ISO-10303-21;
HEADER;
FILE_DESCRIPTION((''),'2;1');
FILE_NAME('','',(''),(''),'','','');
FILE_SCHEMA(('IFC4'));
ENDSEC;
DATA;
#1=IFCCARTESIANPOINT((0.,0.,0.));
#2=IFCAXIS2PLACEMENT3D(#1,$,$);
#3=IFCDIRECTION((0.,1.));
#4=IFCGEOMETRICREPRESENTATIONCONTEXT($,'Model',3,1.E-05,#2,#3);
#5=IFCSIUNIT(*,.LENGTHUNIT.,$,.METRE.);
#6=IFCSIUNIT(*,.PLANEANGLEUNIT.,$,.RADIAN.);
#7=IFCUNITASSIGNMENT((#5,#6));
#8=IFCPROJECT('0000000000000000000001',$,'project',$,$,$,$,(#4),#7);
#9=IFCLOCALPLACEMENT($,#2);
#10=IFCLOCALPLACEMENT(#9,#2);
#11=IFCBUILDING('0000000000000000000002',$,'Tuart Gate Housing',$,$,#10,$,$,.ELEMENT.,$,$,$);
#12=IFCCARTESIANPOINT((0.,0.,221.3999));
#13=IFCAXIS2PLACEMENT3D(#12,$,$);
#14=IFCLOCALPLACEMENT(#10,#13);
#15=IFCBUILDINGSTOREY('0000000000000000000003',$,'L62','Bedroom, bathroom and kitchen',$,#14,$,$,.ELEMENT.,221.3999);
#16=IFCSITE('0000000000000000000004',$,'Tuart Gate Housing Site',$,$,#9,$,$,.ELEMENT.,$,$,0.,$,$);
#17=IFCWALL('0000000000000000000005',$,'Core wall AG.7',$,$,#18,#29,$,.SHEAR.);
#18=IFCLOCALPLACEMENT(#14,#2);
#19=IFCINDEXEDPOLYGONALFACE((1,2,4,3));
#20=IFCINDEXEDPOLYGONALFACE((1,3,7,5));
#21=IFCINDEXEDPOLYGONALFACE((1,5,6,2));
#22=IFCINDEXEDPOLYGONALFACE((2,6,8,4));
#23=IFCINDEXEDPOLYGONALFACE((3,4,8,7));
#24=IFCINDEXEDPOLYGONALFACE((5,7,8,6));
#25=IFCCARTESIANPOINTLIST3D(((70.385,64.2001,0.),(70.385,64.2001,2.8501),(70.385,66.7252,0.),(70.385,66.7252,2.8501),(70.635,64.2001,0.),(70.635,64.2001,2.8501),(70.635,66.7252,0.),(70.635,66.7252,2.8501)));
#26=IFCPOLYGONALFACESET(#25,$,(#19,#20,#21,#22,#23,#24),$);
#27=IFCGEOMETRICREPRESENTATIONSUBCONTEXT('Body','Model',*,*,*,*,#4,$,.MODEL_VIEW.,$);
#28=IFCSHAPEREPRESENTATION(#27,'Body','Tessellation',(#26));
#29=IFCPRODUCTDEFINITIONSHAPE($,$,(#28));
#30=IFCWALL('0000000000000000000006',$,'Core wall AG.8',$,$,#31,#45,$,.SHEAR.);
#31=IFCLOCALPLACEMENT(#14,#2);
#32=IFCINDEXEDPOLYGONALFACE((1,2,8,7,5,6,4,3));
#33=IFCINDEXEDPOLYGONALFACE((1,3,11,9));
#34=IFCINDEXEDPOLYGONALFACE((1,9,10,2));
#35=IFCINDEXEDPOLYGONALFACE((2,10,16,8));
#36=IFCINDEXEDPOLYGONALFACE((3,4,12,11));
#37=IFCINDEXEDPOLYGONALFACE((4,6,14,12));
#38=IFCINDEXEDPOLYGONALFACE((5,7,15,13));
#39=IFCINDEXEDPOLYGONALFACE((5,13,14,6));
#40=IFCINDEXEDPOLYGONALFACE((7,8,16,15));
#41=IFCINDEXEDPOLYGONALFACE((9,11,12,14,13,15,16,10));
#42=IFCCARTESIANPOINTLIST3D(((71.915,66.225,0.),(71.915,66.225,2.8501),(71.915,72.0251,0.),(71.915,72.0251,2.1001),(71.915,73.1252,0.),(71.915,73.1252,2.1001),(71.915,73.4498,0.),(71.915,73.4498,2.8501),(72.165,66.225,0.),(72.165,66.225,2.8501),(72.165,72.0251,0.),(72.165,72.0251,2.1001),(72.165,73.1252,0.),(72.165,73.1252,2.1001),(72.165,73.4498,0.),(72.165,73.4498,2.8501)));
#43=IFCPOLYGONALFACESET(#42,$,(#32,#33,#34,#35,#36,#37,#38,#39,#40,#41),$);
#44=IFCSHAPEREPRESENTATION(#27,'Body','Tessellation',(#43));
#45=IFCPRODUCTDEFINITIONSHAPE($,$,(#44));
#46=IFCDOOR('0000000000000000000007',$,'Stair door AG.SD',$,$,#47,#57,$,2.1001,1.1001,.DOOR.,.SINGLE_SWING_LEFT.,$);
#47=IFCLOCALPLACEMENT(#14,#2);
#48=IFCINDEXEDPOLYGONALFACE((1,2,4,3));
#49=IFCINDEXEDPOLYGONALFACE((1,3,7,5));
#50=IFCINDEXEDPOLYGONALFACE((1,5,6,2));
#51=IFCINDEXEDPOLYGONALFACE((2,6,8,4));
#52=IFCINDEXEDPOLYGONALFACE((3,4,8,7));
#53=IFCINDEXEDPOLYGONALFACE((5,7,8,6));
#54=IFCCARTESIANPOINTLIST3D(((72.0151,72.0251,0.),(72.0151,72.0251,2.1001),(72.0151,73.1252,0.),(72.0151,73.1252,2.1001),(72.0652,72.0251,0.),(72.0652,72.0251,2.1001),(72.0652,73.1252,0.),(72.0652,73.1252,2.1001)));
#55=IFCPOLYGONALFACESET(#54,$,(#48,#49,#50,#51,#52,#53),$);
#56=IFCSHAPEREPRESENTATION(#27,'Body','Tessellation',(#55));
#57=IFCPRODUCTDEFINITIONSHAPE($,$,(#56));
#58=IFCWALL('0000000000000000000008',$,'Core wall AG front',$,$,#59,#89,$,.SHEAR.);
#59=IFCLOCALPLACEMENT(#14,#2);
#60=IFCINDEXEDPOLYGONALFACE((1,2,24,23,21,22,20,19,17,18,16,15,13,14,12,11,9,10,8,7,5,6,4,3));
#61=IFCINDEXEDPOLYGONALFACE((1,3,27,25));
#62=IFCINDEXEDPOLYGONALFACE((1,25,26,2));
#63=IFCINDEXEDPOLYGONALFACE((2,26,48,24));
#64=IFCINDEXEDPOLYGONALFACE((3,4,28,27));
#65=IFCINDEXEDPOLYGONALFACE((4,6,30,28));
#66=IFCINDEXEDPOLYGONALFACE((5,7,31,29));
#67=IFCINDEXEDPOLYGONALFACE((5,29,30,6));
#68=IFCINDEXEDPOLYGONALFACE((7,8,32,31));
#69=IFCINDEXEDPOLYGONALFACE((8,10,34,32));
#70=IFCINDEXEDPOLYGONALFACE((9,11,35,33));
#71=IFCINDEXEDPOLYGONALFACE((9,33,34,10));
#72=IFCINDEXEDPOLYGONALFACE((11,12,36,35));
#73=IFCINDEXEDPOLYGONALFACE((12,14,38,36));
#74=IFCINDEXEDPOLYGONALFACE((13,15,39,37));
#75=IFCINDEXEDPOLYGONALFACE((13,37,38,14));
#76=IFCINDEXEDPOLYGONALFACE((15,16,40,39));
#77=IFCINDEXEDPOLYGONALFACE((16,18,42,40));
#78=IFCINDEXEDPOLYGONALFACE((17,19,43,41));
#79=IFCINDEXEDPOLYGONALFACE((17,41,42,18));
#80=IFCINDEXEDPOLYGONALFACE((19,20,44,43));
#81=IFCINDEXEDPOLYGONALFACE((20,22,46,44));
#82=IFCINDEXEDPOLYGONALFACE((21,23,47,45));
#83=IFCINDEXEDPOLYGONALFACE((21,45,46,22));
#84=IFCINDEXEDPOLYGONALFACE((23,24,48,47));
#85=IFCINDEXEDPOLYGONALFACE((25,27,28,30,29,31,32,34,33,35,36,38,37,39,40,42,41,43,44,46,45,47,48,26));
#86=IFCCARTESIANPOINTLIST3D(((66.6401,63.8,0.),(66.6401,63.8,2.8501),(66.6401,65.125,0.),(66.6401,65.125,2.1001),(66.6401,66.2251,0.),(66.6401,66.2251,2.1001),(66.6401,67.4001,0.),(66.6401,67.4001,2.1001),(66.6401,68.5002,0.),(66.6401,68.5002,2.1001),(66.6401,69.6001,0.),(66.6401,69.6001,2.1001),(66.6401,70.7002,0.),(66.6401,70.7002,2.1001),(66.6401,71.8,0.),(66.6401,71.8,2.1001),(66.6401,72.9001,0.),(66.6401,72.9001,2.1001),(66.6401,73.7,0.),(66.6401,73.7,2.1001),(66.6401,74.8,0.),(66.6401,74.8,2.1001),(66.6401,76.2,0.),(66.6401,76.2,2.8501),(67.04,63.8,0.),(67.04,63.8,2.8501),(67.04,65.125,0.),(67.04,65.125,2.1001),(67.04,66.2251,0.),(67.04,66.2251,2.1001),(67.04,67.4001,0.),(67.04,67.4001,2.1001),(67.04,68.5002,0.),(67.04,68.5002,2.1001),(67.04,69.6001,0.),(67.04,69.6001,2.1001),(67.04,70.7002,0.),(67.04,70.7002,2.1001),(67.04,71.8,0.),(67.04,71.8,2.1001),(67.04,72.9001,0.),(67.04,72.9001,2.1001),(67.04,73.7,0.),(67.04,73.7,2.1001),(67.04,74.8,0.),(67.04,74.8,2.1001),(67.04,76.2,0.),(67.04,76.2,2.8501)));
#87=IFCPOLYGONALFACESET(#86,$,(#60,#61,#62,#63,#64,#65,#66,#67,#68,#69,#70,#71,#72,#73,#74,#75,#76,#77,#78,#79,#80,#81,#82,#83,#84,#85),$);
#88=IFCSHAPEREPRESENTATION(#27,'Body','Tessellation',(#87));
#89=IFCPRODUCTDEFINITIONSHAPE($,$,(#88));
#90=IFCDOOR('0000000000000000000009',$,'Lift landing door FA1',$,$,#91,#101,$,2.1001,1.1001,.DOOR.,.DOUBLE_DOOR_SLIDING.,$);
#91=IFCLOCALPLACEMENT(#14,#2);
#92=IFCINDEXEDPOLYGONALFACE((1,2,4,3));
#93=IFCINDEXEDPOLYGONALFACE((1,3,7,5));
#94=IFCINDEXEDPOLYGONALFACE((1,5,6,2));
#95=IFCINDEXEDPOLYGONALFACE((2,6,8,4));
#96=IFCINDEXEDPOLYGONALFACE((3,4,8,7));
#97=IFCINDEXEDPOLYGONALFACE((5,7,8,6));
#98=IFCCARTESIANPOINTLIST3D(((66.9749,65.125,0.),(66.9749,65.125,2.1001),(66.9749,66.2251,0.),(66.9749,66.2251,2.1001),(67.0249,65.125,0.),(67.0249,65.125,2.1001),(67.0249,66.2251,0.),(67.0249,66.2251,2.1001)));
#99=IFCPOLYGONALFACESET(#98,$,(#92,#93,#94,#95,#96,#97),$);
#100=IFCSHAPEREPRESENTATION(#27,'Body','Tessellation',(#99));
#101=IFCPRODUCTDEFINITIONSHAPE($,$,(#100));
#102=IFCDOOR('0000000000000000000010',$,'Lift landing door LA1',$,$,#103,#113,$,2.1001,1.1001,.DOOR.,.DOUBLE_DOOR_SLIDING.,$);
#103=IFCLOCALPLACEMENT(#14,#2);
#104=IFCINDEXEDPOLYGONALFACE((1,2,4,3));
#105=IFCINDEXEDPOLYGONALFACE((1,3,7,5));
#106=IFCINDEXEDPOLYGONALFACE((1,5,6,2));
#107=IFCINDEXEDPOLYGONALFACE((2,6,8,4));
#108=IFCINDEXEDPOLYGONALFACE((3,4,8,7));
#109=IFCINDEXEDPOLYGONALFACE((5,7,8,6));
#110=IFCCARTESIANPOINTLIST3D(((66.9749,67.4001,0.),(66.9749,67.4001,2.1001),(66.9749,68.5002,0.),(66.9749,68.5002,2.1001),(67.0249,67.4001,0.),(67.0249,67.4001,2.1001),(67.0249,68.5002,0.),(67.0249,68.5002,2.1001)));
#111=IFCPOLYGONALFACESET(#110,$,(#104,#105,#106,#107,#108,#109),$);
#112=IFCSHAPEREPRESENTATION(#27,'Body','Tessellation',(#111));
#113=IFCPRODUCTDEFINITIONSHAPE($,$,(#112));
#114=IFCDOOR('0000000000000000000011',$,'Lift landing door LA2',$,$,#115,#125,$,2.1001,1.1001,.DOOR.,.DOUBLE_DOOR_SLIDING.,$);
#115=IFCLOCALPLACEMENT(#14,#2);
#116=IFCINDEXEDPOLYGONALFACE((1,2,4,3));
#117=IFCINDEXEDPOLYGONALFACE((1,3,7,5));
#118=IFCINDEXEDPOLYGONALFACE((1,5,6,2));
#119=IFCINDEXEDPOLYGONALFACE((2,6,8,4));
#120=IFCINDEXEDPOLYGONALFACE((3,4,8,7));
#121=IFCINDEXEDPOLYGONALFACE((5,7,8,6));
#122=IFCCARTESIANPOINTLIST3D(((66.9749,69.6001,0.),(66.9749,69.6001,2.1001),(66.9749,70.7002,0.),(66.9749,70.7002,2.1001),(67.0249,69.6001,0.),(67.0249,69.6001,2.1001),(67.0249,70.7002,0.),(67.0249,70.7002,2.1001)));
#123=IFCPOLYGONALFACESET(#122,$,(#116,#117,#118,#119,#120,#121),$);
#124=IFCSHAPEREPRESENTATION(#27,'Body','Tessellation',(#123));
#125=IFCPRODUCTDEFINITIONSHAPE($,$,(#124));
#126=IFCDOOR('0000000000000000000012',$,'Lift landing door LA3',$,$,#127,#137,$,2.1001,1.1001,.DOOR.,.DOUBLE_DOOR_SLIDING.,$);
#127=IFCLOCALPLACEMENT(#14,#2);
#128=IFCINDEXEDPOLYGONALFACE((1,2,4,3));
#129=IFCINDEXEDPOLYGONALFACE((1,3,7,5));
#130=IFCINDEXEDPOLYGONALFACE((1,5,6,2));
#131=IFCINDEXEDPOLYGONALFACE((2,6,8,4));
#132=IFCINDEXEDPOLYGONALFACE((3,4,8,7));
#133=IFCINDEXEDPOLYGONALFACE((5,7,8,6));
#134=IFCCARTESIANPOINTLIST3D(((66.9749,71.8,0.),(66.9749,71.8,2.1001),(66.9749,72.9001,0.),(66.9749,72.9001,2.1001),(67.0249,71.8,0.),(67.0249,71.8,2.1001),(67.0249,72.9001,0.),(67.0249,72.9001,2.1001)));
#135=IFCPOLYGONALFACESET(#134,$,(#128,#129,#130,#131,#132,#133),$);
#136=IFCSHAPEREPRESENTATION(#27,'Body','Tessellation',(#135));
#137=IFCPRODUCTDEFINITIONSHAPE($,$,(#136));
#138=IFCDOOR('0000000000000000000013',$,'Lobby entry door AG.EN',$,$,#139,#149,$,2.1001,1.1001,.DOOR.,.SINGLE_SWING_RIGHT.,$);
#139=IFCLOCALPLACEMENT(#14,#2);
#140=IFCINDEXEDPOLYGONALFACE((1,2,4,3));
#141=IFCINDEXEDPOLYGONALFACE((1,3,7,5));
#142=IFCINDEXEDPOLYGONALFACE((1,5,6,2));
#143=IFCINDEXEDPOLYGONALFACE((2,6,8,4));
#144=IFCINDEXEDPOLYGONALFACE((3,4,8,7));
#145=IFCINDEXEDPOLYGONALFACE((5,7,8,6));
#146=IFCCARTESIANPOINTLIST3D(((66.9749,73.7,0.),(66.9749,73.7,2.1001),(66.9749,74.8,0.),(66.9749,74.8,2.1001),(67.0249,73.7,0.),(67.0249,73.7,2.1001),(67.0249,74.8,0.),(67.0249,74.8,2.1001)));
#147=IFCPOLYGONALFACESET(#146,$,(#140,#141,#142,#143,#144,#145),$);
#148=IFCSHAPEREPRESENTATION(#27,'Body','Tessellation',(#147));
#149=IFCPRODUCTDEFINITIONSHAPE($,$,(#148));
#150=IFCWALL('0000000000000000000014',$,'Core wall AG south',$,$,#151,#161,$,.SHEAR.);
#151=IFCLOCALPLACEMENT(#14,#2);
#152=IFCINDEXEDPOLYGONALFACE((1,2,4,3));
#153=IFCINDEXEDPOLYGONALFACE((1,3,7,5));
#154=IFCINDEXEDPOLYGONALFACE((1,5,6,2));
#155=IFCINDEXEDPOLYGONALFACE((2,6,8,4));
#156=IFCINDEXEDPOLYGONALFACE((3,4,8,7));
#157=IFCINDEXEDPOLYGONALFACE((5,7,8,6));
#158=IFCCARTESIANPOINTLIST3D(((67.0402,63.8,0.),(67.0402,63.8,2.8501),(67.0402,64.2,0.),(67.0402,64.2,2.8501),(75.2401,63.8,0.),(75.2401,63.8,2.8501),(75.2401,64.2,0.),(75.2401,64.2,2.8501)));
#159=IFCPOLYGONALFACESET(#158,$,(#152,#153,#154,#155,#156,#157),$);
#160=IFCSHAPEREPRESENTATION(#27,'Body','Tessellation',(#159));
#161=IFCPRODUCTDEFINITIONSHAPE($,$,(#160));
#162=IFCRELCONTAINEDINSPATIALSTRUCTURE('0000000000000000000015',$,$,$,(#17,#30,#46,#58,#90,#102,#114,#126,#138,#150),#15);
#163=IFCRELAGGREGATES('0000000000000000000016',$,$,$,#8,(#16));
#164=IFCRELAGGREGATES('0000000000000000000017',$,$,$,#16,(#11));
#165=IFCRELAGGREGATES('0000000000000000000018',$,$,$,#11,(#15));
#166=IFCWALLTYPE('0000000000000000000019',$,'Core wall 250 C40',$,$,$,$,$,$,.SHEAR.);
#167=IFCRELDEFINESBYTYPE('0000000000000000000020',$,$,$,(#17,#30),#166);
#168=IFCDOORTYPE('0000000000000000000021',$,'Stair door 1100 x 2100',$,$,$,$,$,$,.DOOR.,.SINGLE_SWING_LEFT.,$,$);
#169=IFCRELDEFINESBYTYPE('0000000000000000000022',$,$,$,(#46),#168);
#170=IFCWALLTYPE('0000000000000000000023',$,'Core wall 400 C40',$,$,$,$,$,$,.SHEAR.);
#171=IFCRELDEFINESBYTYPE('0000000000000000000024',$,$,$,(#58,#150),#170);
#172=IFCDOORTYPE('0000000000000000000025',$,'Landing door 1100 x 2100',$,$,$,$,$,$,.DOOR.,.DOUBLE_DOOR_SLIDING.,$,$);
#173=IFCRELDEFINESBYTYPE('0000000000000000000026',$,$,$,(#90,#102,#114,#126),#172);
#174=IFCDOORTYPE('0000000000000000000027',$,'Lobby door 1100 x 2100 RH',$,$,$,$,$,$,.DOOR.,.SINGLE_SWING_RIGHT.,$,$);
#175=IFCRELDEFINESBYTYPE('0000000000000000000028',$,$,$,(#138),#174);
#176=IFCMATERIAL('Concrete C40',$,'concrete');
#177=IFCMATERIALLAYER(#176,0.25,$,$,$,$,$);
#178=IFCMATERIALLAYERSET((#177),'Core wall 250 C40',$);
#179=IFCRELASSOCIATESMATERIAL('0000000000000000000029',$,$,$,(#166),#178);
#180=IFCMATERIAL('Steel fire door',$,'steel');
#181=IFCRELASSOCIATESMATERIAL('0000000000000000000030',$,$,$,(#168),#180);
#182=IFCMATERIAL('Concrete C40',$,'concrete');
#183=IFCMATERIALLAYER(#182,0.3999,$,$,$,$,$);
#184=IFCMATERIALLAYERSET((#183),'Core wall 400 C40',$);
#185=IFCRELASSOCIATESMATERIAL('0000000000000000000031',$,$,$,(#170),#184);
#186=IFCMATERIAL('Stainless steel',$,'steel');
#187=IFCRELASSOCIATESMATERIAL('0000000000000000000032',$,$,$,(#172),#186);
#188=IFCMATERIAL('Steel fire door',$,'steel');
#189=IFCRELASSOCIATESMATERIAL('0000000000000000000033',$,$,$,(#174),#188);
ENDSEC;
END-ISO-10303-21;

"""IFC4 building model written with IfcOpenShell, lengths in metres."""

from ifc_helpers import new_model, si_unit, direction, frame, frame_2d, origin, place, context, subcontext, project, spatial, rectangle, extrude, material, layer, layer_set, type_object, element, fill, save


model = new_model("IFC4")

# Units and contexts
model_context = context("Model", 3, precision=1e-05, world=origin(), true_north=direction((0.0, 1.0)))
body_context = subcontext(model_context, "Body", "Model", "MODEL_VIEW")
ifc_project = project(units=[si_unit("LENGTHUNIT", "METRE"), si_unit("PLANEANGLEUNIT", "RADIAN")], contexts=[model_context])

# Site, building, storey
site_placement = place(None, origin())
site = spatial("IfcSite", under=ifc_project, at=site_placement, Name="Tuart Gate Housing Site", CompositionType="ELEMENT", RefElevation=0.0)
building_placement = place(site_placement, origin())
building = spatial("IfcBuilding", under=site, at=building_placement, Name="Tuart Gate Housing", CompositionType="ELEMENT")
storey_placement = place(building_placement, frame((0.0, 0.0, 221.3999)))
storey = spatial("IfcBuildingStorey", under=building, at=storey_placement, Name="L62", Description="Bedroom, bathroom and kitchen", CompositionType="ELEMENT", Elevation=221.3999)

# Wall
ifc_material_1 = material(Name="Concrete C40", Category="concrete")
ifc_layer_1 = layer(ifc_material_1, 0.25)
ifc_layer_set_1 = layer_set([ifc_layer_1], Name="Core wall 250 C40")
wall_type_1 = type_object("IfcWallType", Name="Core wall 250 C40", PredefinedType="SHEAR", material=ifc_layer_set_1)
wall_1_placement = place(storey_placement, frame((70.51, 64.2, 0.0), z_axis=(0.0, 0.0, 1.0), x_axis=(0.0, 1.0, 0.0)))
element("IfcWall", 1, at=wall_1_placement, inside=storey, type_object=wall_type_1, Name="Core wall AG.7", PredefinedType="SHEAR", context=body_context, shape_type="SweptSolid", body=[
    extrude(rectangle(XDim=2.5251, YDim=0.25, at=frame_2d((1.2627, 0.0))), origin(), (0.0, 0.0, 1.0), 2.8501),
])

# Wall, opening, door
wall_2_placement = place(storey_placement, frame((72.04, 66.2251, 0.0), z_axis=(0.0, 0.0, 1.0), x_axis=(0.0, 1.0, 0.0)))
wall_2 = element("IfcWall", 2, at=wall_2_placement, inside=storey, type_object=wall_type_1, Name="Core wall AG.8", PredefinedType="SHEAR", context=body_context, shape_type="SweptSolid", body=[
    extrude(rectangle(XDim=7.2249, YDim=0.25, at=frame_2d((3.6123, 0.0))), origin(), (0.0, 0.0, 1.0), 2.8501),
])
opening_1_placement = place(wall_2_placement, frame((5.8, 0.0, 0.0)))
opening_1 = element("IfcOpeningElement", 3, at=opening_1_placement, cuts=wall_2, PredefinedType="OPENING", context=body_context, shape_type="SweptSolid", body=[
    extrude(rectangle(XDim=1.1001, YDim=2.1001, at=frame_2d((0.55, 1.05))), frame((0.0, 0.135, 0.0), z_axis=(0.0, -1.0, 0.0), x_axis=(1.0, 0.0, 0.0)), (0.0, 0.0, 1.0), 0.27),
])
ifc_material_2 = material(Name="Steel fire door", Category="steel")
door_type_1 = type_object("IfcDoorType", Name="Stair door 1100 x 2100", OperationType="SINGLE_SWING_LEFT", PredefinedType="DOOR", material=ifc_material_2)
door_1_placement = place(opening_1_placement, frame((1.1001, 0.0, 0.0), z_axis=(0.0, 0.0, 1.0), x_axis=(-1.0, 0.0, 0.0)))
door_1 = element("IfcDoor", 4, at=door_1_placement, inside=storey, type_object=door_type_1, Name="Stair door AG.SD", OperationType="SINGLE_SWING_LEFT", OverallHeight=2.1001, OverallWidth=1.1001, PredefinedType="DOOR", context=body_context, shape_type="SweptSolid", body=[
    extrude(rectangle(XDim=1.1001, YDim=2.1001, at=frame_2d((0.55, 1.05))), frame((0.0, 0.0251, 0.0), z_axis=(0.0, -1.0, 0.0), x_axis=(1.0, 0.0, 0.0)), (0.0, 0.0, 1.0), 0.05),
])
fill(opening_1, door_1)

# Wall, openings, doors
ifc_material_3 = material(Name="Concrete C40", Category="concrete")
ifc_layer_2 = layer(ifc_material_3, 0.3999)
ifc_layer_set_2 = layer_set([ifc_layer_2], Name="Core wall 400 C40")
wall_type_2 = type_object("IfcWallType", Name="Core wall 400 C40", PredefinedType="SHEAR", material=ifc_layer_set_2)
wall_3_placement = place(storey_placement, frame((66.8401, 63.8, 0.0), z_axis=(0.0, 0.0, 1.0), x_axis=(0.0, 1.0, 0.0)))
wall_3 = element("IfcWall", 5, at=wall_3_placement, inside=storey, type_object=wall_type_2, Name="Core wall AG front", PredefinedType="SHEAR", context=body_context, shape_type="SweptSolid", body=[
    extrude(rectangle(XDim=12.3999, YDim=0.3999, at=frame_2d((6.2, 0.0))), origin(), (0.0, 0.0, 1.0), 2.8501),
])
opening_2_placement = place(wall_3_placement, frame((1.325, 0.0, 0.0)))
opening_2 = element("IfcOpeningElement", 6, at=opening_2_placement, cuts=wall_3, PredefinedType="OPENING", context=body_context, shape_type="SweptSolid", body=[
    extrude(rectangle(XDim=1.1001, YDim=2.1001, at=frame_2d((0.55, 1.05))), frame((0.0, 0.21, 0.0), z_axis=(0.0, -1.0, 0.0), x_axis=(1.0, 0.0, 0.0)), (0.0, 0.0, 1.0), 0.4199),
])
opening_3_placement = place(wall_3_placement, frame((3.6001, 0.0, 0.0)))
opening_3 = element("IfcOpeningElement", 7, at=opening_3_placement, cuts=wall_3, PredefinedType="OPENING", context=body_context, shape_type="SweptSolid", body=[
    extrude(rectangle(XDim=1.1001, YDim=2.1001, at=frame_2d((0.55, 1.05))), frame((0.0, 0.21, 0.0), z_axis=(0.0, -1.0, 0.0), x_axis=(1.0, 0.0, 0.0)), (0.0, 0.0, 1.0), 0.4199),
])
opening_4_placement = place(wall_3_placement, frame((5.8, 0.0, 0.0)))
opening_4 = element("IfcOpeningElement", 8, at=opening_4_placement, cuts=wall_3, PredefinedType="OPENING", context=body_context, shape_type="SweptSolid", body=[
    extrude(rectangle(XDim=1.1001, YDim=2.1001, at=frame_2d((0.55, 1.05))), frame((0.0, 0.21, 0.0), z_axis=(0.0, -1.0, 0.0), x_axis=(1.0, 0.0, 0.0)), (0.0, 0.0, 1.0), 0.4199),
])
opening_5_placement = place(wall_3_placement, frame((8.0, 0.0, 0.0)))
opening_5 = element("IfcOpeningElement", 9, at=opening_5_placement, cuts=wall_3, PredefinedType="OPENING", context=body_context, shape_type="SweptSolid", body=[
    extrude(rectangle(XDim=1.1001, YDim=2.1001, at=frame_2d((0.55, 1.05))), frame((0.0, 0.21, 0.0), z_axis=(0.0, -1.0, 0.0), x_axis=(1.0, 0.0, 0.0)), (0.0, 0.0, 1.0), 0.4199),
])
opening_6_placement = place(wall_3_placement, frame((9.8999, 0.0, 0.0)))
opening_6 = element("IfcOpeningElement", 10, at=opening_6_placement, cuts=wall_3, PredefinedType="OPENING", context=body_context, shape_type="SweptSolid", body=[
    extrude(rectangle(XDim=1.1001, YDim=2.1001, at=frame_2d((0.55, 1.05))), frame((0.0, 0.21, 0.0), z_axis=(0.0, -1.0, 0.0), x_axis=(1.0, 0.0, 0.0)), (0.0, 0.0, 1.0), 0.4199),
])
ifc_material_4 = material(Name="Stainless steel", Category="steel")
door_type_2 = type_object("IfcDoorType", Name="Landing door 1100 x 2100", OperationType="DOUBLE_DOOR_SLIDING", PredefinedType="DOOR", material=ifc_material_4)
door_2_placement = place(opening_2_placement, origin())
door_2 = element("IfcDoor", 11, at=door_2_placement, inside=storey, type_object=door_type_2, Name="Lift landing door FA1", OperationType="DOUBLE_DOOR_SLIDING", OverallHeight=2.1001, OverallWidth=1.1001, PredefinedType="DOOR", context=body_context, shape_type="SweptSolid", body=[
    extrude(rectangle(XDim=1.1001, YDim=2.1001, at=frame_2d((0.55, 1.05))), frame((0.0, -0.1348, 0.0), z_axis=(0.0, -1.0, 0.0), x_axis=(1.0, 0.0, 0.0)), (0.0, 0.0, 1.0), 0.05),
])
fill(opening_2, door_2)
door_3_placement = place(opening_3_placement, origin())
door_3 = element("IfcDoor", 12, at=door_3_placement, inside=storey, type_object=door_type_2, Name="Lift landing door LA1", OperationType="DOUBLE_DOOR_SLIDING", OverallHeight=2.1001, OverallWidth=1.1001, PredefinedType="DOOR", context=body_context, shape_type="SweptSolid", body=[
    extrude(rectangle(XDim=1.1001, YDim=2.1001, at=frame_2d((0.55, 1.05))), frame((0.0, -0.1348, 0.0), z_axis=(0.0, -1.0, 0.0), x_axis=(1.0, 0.0, 0.0)), (0.0, 0.0, 1.0), 0.05),
])
fill(opening_3, door_3)
door_4_placement = place(opening_4_placement, origin())
door_4 = element("IfcDoor", 13, at=door_4_placement, inside=storey, type_object=door_type_2, Name="Lift landing door LA2", OperationType="DOUBLE_DOOR_SLIDING", OverallHeight=2.1001, OverallWidth=1.1001, PredefinedType="DOOR", context=body_context, shape_type="SweptSolid", body=[
    extrude(rectangle(XDim=1.1001, YDim=2.1001, at=frame_2d((0.55, 1.05))), frame((0.0, -0.1348, 0.0), z_axis=(0.0, -1.0, 0.0), x_axis=(1.0, 0.0, 0.0)), (0.0, 0.0, 1.0), 0.05),
])
fill(opening_4, door_4)
door_5_placement = place(opening_5_placement, origin())
door_5 = element("IfcDoor", 14, at=door_5_placement, inside=storey, type_object=door_type_2, Name="Lift landing door LA3", OperationType="DOUBLE_DOOR_SLIDING", OverallHeight=2.1001, OverallWidth=1.1001, PredefinedType="DOOR", context=body_context, shape_type="SweptSolid", body=[
    extrude(rectangle(XDim=1.1001, YDim=2.1001, at=frame_2d((0.55, 1.05))), frame((0.0, -0.1348, 0.0), z_axis=(0.0, -1.0, 0.0), x_axis=(1.0, 0.0, 0.0)), (0.0, 0.0, 1.0), 0.05),
])
fill(opening_5, door_5)
ifc_material_5 = material(Name="Steel fire door", Category="steel")
door_type_3 = type_object("IfcDoorType", Name="Lobby door 1100 x 2100 RH", OperationType="SINGLE_SWING_RIGHT", PredefinedType="DOOR", material=ifc_material_5)
door_6_placement = place(opening_6_placement, frame((1.1001, 0.0, 0.0), z_axis=(0.0, 0.0, 1.0), x_axis=(-1.0, 0.0, 0.0)))
door_6 = element("IfcDoor", 15, at=door_6_placement, inside=storey, type_object=door_type_3, Name="Lobby entry door AG.EN", OperationType="SINGLE_SWING_RIGHT", OverallHeight=2.1001, OverallWidth=1.1001, PredefinedType="DOOR", context=body_context, shape_type="SweptSolid", body=[
    extrude(rectangle(XDim=1.1001, YDim=2.1001, at=frame_2d((0.55, 1.05))), frame((0.0, 0.1848, 0.0), z_axis=(0.0, -1.0, 0.0), x_axis=(1.0, 0.0, 0.0)), (0.0, 0.0, 1.0), 0.05),
])
fill(opening_6, door_6)

# Wall
wall_4_placement = place(storey_placement, frame((67.04, 64.0, 0.0), z_axis=(0.0, 0.0, 1.0), x_axis=(1.0, 0.0, 0.0)))
element("IfcWall", 16, at=wall_4_placement, inside=storey, type_object=wall_type_2, Name="Core wall AG south", PredefinedType="SHEAR", context=body_context, shape_type="SweptSolid", body=[
    extrude(rectangle(XDim=8.2, YDim=0.3999, at=frame_2d((4.1001, 0.0))), origin(), (0.0, 0.0, 1.0), 2.8501),
])

save(model, "model.ifc")
